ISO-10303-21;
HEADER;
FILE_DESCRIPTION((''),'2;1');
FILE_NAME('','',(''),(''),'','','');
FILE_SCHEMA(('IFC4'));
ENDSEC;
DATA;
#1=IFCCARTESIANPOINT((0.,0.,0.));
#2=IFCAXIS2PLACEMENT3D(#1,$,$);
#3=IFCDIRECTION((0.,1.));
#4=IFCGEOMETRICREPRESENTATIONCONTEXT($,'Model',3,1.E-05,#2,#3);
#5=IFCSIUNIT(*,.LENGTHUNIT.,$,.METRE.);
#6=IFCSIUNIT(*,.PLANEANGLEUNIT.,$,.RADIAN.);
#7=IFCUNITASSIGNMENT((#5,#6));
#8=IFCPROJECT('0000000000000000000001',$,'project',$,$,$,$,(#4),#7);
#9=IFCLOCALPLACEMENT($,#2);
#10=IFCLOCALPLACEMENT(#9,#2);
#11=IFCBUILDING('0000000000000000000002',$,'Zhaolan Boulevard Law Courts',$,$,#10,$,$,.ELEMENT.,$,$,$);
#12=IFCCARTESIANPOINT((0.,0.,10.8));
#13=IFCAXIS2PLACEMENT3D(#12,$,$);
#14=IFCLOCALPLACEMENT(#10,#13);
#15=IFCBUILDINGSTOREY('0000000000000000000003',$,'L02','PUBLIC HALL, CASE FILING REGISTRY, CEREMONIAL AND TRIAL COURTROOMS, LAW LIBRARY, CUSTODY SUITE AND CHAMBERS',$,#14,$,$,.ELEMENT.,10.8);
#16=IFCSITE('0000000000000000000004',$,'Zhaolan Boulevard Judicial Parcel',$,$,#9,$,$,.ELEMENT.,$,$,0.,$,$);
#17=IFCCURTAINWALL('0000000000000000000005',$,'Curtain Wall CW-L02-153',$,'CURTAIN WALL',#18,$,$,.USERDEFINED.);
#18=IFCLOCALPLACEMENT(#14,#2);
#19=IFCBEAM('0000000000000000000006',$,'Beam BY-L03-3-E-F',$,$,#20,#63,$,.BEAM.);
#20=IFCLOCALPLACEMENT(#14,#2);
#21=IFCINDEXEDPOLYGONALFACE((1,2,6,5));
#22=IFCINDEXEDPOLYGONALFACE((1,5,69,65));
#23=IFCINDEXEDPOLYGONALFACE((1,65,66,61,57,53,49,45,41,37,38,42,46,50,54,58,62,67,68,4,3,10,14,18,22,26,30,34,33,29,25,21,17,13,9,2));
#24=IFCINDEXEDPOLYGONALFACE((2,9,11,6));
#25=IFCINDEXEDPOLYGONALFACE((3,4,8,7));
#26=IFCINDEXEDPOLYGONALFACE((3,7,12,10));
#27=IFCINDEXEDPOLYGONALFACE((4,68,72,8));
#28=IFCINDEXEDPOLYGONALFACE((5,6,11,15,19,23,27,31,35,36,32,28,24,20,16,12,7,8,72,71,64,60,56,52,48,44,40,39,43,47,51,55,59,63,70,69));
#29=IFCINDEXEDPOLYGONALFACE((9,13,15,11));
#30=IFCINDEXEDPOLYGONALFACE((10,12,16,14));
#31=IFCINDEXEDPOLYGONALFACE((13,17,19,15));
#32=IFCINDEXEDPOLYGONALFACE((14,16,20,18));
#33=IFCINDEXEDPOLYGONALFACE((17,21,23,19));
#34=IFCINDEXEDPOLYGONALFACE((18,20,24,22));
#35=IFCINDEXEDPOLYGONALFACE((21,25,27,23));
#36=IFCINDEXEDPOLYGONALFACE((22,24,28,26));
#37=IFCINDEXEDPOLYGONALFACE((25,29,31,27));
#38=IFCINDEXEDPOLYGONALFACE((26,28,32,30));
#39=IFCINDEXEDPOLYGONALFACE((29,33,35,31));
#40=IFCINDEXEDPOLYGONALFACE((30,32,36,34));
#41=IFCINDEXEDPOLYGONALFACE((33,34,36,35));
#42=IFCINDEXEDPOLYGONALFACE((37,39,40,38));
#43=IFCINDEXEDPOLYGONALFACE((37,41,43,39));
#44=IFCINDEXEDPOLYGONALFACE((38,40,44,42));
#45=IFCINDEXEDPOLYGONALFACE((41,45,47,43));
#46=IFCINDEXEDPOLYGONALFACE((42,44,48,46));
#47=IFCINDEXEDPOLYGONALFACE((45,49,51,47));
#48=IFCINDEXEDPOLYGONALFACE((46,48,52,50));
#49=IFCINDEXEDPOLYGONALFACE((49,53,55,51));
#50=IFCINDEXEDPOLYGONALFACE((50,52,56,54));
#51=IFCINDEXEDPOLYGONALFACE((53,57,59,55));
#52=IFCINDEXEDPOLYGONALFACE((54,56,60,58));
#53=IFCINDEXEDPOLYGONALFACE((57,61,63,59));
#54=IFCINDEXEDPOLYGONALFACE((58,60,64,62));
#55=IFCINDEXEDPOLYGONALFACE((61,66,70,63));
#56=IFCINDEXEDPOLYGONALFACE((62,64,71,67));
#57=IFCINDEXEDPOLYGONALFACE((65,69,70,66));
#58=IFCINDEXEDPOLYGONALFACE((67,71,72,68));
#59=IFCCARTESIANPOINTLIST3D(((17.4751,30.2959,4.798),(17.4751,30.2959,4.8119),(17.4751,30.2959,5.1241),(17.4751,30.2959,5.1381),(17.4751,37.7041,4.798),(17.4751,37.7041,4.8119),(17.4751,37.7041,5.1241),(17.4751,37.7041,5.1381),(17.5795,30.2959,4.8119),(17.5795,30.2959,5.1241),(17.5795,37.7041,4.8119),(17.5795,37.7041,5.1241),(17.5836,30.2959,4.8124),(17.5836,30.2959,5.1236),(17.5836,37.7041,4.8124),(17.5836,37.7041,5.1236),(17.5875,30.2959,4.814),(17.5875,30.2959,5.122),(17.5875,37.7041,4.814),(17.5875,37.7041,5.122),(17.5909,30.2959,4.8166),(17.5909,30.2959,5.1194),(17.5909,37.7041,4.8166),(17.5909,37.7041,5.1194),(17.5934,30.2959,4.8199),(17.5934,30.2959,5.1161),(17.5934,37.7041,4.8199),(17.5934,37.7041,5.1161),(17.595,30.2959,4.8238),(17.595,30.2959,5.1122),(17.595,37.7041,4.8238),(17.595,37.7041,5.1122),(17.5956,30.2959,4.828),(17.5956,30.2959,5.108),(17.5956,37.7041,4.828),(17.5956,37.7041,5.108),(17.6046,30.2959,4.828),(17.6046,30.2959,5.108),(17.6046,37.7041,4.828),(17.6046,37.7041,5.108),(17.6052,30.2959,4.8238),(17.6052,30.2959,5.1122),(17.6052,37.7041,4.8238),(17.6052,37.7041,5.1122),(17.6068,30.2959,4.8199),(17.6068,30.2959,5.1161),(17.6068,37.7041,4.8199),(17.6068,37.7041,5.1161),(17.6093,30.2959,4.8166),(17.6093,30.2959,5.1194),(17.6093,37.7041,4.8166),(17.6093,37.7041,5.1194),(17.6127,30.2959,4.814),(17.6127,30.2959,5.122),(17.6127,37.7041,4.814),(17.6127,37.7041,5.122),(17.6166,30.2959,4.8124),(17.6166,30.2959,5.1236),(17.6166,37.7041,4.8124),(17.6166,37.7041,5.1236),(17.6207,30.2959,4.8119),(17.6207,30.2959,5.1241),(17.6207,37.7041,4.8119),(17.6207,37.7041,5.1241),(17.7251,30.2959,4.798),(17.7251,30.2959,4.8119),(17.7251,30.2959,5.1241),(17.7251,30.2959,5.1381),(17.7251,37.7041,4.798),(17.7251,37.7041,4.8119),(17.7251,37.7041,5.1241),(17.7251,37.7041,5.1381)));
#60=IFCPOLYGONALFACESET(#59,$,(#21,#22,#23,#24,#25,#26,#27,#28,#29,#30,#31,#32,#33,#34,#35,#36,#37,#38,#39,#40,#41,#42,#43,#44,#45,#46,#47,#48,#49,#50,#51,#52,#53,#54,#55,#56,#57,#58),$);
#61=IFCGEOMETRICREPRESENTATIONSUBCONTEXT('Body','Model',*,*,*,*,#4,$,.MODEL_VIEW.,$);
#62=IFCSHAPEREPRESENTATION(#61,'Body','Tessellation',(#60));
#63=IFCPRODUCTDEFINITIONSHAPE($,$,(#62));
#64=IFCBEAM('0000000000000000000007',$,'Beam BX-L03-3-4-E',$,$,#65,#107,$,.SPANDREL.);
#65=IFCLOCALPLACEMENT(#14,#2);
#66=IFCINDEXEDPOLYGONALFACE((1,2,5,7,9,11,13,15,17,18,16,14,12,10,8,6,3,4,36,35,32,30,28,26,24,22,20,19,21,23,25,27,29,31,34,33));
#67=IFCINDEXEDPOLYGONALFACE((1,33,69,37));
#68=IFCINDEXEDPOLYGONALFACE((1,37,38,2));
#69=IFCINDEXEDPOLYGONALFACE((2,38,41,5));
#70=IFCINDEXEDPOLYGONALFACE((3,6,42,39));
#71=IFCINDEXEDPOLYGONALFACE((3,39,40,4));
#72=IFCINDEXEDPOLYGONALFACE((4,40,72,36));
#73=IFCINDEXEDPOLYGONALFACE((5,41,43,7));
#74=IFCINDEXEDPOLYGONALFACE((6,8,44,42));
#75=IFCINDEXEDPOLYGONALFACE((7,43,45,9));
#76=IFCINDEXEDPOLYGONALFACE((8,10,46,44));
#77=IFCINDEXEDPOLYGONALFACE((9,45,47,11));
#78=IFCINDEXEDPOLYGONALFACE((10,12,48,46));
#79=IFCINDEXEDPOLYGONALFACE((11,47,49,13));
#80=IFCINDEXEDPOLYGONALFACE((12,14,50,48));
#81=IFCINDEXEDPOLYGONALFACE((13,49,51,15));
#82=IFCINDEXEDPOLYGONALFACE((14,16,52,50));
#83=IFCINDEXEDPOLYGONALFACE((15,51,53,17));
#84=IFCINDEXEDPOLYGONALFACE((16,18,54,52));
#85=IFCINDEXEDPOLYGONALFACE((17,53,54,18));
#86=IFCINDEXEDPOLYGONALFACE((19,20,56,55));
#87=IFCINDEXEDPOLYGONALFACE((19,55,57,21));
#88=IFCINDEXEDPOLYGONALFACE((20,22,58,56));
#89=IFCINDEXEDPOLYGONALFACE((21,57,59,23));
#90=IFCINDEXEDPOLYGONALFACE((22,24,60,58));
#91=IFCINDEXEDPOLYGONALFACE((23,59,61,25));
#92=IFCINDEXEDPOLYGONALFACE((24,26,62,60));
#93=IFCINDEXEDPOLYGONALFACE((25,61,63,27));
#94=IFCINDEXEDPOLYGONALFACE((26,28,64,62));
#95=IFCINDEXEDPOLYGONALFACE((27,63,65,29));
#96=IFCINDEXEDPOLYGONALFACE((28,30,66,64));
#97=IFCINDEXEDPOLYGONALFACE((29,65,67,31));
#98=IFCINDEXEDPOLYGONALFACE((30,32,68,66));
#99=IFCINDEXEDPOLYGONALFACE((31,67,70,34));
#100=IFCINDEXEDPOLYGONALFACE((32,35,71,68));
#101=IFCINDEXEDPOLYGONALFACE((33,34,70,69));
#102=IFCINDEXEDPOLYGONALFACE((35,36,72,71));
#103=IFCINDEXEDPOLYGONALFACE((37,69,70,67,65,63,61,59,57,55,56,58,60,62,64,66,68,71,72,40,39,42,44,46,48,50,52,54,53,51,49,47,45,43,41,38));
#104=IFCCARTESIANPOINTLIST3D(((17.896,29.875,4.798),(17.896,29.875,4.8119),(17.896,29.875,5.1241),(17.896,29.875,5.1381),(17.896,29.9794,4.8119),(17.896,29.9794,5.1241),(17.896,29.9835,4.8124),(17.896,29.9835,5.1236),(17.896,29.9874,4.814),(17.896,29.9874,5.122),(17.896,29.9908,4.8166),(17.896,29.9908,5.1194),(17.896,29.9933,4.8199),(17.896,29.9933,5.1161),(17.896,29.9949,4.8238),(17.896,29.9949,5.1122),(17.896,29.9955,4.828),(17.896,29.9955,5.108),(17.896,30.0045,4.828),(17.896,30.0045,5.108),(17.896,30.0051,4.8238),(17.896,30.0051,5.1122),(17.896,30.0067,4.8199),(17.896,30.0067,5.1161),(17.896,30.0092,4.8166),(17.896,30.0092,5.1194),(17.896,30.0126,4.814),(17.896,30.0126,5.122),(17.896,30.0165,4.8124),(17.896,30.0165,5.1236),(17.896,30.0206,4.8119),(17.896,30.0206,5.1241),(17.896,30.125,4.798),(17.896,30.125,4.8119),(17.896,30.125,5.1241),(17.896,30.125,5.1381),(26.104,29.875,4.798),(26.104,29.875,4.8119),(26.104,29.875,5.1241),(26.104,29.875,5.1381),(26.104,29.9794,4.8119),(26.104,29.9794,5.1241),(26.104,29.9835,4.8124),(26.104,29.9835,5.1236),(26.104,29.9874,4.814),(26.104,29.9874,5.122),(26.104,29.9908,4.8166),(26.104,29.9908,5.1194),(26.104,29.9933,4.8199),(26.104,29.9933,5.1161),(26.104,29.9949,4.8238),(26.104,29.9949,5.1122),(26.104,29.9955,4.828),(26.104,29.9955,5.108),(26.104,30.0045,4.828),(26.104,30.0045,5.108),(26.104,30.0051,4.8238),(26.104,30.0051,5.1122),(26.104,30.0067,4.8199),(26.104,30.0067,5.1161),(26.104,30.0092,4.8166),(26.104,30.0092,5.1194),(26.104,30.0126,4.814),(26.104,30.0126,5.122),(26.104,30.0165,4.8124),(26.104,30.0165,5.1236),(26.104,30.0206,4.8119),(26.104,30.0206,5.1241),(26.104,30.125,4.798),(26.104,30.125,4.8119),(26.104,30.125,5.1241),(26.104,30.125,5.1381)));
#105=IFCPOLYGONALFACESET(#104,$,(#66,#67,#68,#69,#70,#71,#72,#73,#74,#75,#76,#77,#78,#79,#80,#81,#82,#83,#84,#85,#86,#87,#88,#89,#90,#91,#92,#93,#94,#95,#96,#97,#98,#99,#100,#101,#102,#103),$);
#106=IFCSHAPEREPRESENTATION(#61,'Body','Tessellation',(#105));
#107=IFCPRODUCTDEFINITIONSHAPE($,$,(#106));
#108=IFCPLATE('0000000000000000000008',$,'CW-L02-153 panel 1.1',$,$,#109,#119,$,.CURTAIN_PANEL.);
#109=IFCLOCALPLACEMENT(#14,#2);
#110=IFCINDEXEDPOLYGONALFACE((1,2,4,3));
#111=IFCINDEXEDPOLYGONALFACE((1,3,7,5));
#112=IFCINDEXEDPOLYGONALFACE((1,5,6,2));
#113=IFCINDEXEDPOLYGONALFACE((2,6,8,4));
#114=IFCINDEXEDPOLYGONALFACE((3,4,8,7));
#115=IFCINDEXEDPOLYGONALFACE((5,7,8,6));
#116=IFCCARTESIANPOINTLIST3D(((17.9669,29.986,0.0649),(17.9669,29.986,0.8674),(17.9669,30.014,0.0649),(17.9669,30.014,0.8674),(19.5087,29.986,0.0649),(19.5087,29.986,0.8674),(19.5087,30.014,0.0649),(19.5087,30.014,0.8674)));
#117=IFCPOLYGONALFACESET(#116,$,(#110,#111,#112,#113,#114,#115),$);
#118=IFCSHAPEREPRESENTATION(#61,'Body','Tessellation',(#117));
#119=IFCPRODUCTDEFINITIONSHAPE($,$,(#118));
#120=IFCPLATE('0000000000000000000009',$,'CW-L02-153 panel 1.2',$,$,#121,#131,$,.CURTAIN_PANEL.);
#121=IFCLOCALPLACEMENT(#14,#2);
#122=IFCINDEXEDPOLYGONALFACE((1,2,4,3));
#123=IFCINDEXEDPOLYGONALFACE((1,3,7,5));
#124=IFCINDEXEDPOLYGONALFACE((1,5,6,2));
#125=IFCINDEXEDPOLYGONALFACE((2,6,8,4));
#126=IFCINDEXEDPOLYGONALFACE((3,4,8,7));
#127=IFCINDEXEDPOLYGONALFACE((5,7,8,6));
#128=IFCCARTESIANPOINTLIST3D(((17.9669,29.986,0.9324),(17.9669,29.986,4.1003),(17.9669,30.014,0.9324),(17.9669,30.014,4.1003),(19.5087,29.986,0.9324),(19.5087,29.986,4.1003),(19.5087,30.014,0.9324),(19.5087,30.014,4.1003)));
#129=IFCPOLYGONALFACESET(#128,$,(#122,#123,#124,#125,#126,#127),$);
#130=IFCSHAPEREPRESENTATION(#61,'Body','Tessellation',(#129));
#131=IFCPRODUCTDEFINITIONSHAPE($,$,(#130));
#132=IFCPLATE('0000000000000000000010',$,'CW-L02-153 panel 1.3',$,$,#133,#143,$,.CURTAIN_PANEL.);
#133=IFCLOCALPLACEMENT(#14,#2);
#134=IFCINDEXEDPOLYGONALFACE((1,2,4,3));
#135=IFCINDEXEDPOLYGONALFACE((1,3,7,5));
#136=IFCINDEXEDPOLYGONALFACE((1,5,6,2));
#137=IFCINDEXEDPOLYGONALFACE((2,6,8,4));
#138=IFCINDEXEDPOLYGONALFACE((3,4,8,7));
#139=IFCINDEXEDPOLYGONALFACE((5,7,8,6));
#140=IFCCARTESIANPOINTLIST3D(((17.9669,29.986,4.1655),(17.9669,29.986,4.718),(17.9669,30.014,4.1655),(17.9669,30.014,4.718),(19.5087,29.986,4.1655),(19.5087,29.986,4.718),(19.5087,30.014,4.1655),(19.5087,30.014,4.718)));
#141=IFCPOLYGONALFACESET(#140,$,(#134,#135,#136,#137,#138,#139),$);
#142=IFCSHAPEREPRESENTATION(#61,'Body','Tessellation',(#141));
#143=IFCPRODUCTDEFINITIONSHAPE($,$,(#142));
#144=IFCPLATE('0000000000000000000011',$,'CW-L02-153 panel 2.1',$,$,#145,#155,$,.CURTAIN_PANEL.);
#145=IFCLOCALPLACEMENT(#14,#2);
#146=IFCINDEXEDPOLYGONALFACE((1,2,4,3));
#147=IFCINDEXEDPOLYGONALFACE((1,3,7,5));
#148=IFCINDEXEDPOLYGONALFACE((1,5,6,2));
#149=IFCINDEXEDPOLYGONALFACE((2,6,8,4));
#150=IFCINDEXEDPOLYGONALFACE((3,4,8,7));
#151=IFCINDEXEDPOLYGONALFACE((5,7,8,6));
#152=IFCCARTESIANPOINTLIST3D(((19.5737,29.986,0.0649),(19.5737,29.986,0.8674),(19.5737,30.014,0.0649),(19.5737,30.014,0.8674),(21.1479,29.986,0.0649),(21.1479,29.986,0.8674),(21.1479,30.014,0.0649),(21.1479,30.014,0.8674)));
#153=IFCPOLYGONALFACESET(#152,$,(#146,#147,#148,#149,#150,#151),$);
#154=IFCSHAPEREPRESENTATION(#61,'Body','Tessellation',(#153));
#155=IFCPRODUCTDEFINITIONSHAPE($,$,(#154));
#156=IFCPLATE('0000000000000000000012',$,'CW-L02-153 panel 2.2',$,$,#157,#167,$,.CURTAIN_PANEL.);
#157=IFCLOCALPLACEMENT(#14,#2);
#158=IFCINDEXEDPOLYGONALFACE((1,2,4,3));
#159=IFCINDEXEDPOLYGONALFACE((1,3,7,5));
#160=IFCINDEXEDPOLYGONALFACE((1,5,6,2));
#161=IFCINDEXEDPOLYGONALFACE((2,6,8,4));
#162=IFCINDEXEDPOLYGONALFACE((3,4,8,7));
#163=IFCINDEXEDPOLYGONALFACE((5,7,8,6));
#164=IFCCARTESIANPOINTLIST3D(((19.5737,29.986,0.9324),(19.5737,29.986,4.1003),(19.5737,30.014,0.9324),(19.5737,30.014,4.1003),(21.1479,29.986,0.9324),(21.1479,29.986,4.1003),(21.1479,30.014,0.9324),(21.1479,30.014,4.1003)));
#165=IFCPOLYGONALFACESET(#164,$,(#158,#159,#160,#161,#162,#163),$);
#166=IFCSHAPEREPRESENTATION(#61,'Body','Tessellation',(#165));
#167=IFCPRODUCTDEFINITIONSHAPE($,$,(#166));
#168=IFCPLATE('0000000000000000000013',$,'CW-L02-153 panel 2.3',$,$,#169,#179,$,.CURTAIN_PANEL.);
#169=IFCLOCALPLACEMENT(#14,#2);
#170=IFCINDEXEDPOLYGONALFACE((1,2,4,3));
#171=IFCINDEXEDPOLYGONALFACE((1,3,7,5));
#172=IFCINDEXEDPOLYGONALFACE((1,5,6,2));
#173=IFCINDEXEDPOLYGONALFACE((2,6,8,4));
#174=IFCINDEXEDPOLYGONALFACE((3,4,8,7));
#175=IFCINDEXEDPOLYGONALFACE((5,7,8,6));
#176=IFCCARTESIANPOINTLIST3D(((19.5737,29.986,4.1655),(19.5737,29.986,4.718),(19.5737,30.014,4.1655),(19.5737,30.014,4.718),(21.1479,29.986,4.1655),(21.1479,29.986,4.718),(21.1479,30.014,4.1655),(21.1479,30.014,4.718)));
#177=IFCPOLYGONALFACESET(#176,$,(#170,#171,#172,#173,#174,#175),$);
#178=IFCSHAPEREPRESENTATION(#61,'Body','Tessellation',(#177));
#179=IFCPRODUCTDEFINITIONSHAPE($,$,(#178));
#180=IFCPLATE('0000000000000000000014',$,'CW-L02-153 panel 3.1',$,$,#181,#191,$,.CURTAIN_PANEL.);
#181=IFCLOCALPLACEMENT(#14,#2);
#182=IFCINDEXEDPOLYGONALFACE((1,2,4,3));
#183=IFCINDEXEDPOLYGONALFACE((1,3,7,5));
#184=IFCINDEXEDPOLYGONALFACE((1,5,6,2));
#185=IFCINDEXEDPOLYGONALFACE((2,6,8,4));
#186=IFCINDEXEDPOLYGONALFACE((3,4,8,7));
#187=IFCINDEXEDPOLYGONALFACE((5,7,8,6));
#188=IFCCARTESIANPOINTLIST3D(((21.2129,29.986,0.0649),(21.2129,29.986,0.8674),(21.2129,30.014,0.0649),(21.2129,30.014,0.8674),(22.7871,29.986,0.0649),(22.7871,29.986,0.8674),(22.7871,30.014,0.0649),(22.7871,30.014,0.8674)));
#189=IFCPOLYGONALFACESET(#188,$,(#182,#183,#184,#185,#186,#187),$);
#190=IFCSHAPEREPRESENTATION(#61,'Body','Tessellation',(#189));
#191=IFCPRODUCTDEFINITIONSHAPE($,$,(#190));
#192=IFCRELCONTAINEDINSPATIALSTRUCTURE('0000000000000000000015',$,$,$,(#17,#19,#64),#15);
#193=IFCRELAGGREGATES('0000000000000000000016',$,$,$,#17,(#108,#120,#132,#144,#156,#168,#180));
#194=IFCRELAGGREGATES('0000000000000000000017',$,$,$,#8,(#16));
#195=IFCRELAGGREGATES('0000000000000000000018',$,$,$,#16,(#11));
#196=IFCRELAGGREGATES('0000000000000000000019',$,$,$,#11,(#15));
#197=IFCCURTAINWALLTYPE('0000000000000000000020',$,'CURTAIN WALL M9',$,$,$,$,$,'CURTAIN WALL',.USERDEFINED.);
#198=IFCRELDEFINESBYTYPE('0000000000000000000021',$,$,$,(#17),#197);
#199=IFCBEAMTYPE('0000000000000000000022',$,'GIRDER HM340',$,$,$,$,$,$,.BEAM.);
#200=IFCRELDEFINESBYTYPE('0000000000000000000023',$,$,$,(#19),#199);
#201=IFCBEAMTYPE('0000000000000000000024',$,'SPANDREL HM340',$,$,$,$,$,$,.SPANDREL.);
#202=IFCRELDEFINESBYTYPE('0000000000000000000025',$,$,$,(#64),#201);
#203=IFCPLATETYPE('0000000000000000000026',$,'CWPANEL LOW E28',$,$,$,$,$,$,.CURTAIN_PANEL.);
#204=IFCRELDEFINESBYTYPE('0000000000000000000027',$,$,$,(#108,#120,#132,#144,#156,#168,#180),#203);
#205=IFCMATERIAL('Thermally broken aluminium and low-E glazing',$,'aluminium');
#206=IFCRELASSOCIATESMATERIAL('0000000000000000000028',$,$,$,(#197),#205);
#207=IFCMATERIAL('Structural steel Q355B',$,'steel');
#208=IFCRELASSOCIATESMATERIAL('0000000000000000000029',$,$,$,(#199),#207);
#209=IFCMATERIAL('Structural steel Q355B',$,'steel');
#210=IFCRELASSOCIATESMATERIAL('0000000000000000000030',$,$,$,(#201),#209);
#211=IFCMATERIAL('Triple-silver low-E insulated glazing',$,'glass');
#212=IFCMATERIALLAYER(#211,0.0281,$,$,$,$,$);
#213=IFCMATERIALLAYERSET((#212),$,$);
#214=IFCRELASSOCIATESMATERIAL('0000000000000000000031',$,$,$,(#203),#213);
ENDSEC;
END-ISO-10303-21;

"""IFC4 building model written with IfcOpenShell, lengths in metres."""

from ifc_helpers import new_model, si_unit, direction, frame, origin, origin_2d, place, context, subcontext, project, spatial, rectangle, i_section, extrude, material, layer, layer_set, material_profile, profile_set, type_object, element, aggregate, save


model = new_model("IFC4")

# Units and contexts
model_context = context("Model", 3, precision=1e-05, world=origin(), true_north=direction((0.0, 1.0)))
body_context = subcontext(model_context, "Body", "Model", "MODEL_VIEW")
ifc_project = project(units=[si_unit("LENGTHUNIT", "METRE"), si_unit("PLANEANGLEUNIT", "RADIAN")], contexts=[model_context])

# Site, building, storey
site_placement = place(None, origin())
site = spatial("IfcSite", under=ifc_project, at=site_placement, Name="Zhaolan Boulevard Judicial Parcel", CompositionType="ELEMENT", RefElevation=0.0)
building_placement = place(site_placement, origin())
building = spatial("IfcBuilding", under=site, at=building_placement, Name="Zhaolan Boulevard Law Courts", CompositionType="ELEMENT")
storey_placement = place(building_placement, frame((0.0, 0.0, 10.8)))
storey = spatial("IfcBuildingStorey", under=building, at=storey_placement, Name="L02", Description="PUBLIC HALL, CASE FILING REGISTRY, CEREMONIAL AND TRIAL COURTROOMS, LAW LIBRARY, CUSTODY SUITE AND CHAMBERS", CompositionType="ELEMENT", Elevation=10.8)

# Curtain wall
ifc_material_1 = material(Name="Thermally broken aluminium and low-E glazing", Category="aluminium")
curtain_wall_type = type_object("IfcCurtainWallType", Name="CURTAIN WALL M9", ElementType="CURTAIN WALL", PredefinedType="USERDEFINED", material=ifc_material_1)
curtain_wall_placement = place(storey_placement, origin())
curtain_wall = element("IfcCurtainWall", 1, at=curtain_wall_placement, inside=storey, type_object=curtain_wall_type, Name="Curtain Wall CW-L02-153", ObjectType="CURTAIN WALL", PredefinedType="USERDEFINED")

# Beams
ifc_material_2 = material(Name="Structural steel Q355B", Category="steel")
ifc_material_profile_1 = material_profile(ifc_material_2, i_section(OverallWidth=0.25, OverallDepth=0.3401, WebThickness=0.009, FlangeThickness=0.0139, FilletRadius=0.0161, at=origin_2d()), Name="HM340x250")
ifc_profile_set_1 = profile_set([ifc_material_profile_1], Name="Structural steel Q355B")
beam_type_1 = type_object("IfcBeamType", Name="GIRDER HM340", PredefinedType="BEAM", material=ifc_profile_set_1)
beam_1_placement = place(storey_placement, frame((17.6001, 30.2959, 4.968), z_axis=(0.0, 1.0, 0.0), x_axis=(-1.0, 0.0, 0.0)))
element("IfcBeam", 2, at=beam_1_placement, inside=storey, type_object=beam_type_1, Name="Beam BY-L03-3-E-F", PredefinedType="BEAM", context=body_context, shape_type="SweptSolid", body=[
    extrude(i_section(OverallWidth=0.25, OverallDepth=0.3401, WebThickness=0.009, FlangeThickness=0.0139, FilletRadius=0.0161, at=origin_2d()), origin(), (0.0, 0.0, 1.0), 7.4082),
])
ifc_material_3 = material(Name="Structural steel Q355B", Category="steel")
ifc_material_profile_2 = material_profile(ifc_material_3, i_section(OverallWidth=0.25, OverallDepth=0.3401, WebThickness=0.009, FlangeThickness=0.0139, FilletRadius=0.0161, at=origin_2d()), Name="HM340x250")
ifc_profile_set_2 = profile_set([ifc_material_profile_2], Name="Structural steel Q355B")
beam_type_2 = type_object("IfcBeamType", Name="SPANDREL HM340", PredefinedType="SPANDREL", material=ifc_profile_set_2)
beam_2_placement = place(storey_placement, frame((17.896, 30.0, 4.968), z_axis=(1.0, 0.0, 0.0), x_axis=(0.0, 1.0, 0.0)))
element("IfcBeam", 3, at=beam_2_placement, inside=storey, type_object=beam_type_2, Name="Beam BX-L03-3-4-E", PredefinedType="SPANDREL", context=body_context, shape_type="SweptSolid", body=[
    extrude(i_section(OverallWidth=0.25, OverallDepth=0.3401, WebThickness=0.009, FlangeThickness=0.0139, FilletRadius=0.0161, at=origin_2d()), origin(), (0.0, 0.0, 1.0), 8.208),
])

# Plates
ifc_material_4 = material(Name="Triple-silver low-E insulated glazing", Category="glass")
ifc_layer = layer(ifc_material_4, 0.0281)
ifc_layer_set = layer_set([ifc_layer])
plate_type = type_object("IfcPlateType", Name="CWPANEL LOW E28", PredefinedType="CURTAIN_PANEL", material=ifc_layer_set)
plate_1_placement = place(storey_placement, frame((18.7378, 30.0, 0.0649), z_axis=(0.0, 0.0, 1.0), x_axis=(1.0, 0.0, 0.0)))
plate_1 = element("IfcPlate", 4, at=plate_1_placement, type_object=plate_type, Name="CW-L02-153 panel 1.1", PredefinedType="CURTAIN_PANEL", context=body_context, shape_type="SweptSolid", body=[
    extrude(rectangle(XDim=1.5417, YDim=0.0281, at=origin_2d()), origin(), (0.0, 0.0, 1.0), 0.8025),
])
plate_2_placement = place(storey_placement, frame((18.7378, 30.0, 0.9324), z_axis=(0.0, 0.0, 1.0), x_axis=(1.0, 0.0, 0.0)))
plate_2 = element("IfcPlate", 5, at=plate_2_placement, type_object=plate_type, Name="CW-L02-153 panel 1.2", PredefinedType="CURTAIN_PANEL", context=body_context, shape_type="SweptSolid", body=[
    extrude(rectangle(XDim=1.5417, YDim=0.0281, at=origin_2d()), origin(), (0.0, 0.0, 1.0), 3.168),
])
plate_3_placement = place(storey_placement, frame((18.7378, 30.0, 4.1655), z_axis=(0.0, 0.0, 1.0), x_axis=(1.0, 0.0, 0.0)))
plate_3 = element("IfcPlate", 6, at=plate_3_placement, type_object=plate_type, Name="CW-L02-153 panel 1.3", PredefinedType="CURTAIN_PANEL", context=body_context, shape_type="SweptSolid", body=[
    extrude(rectangle(XDim=1.5417, YDim=0.0281, at=origin_2d()), origin(), (0.0, 0.0, 1.0), 0.5525),
])
plate_4_placement = place(storey_placement, frame((20.3608, 30.0, 0.0649), z_axis=(0.0, 0.0, 1.0), x_axis=(1.0, 0.0, 0.0)))
plate_4 = element("IfcPlate", 7, at=plate_4_placement, type_object=plate_type, Name="CW-L02-153 panel 2.1", PredefinedType="CURTAIN_PANEL", context=body_context, shape_type="SweptSolid", body=[
    extrude(rectangle(XDim=1.5742, YDim=0.0281, at=origin_2d()), origin(), (0.0, 0.0, 1.0), 0.8025),
])
plate_5_placement = place(storey_placement, frame((20.3608, 30.0, 0.9324), z_axis=(0.0, 0.0, 1.0), x_axis=(1.0, 0.0, 0.0)))
plate_5 = element("IfcPlate", 8, at=plate_5_placement, type_object=plate_type, Name="CW-L02-153 panel 2.2", PredefinedType="CURTAIN_PANEL", context=body_context, shape_type="SweptSolid", body=[
    extrude(rectangle(XDim=1.5742, YDim=0.0281, at=origin_2d()), origin(), (0.0, 0.0, 1.0), 3.168),
])
plate_6_placement = place(storey_placement, frame((20.3608, 30.0, 4.1655), z_axis=(0.0, 0.0, 1.0), x_axis=(1.0, 0.0, 0.0)))
plate_6 = element("IfcPlate", 9, at=plate_6_placement, type_object=plate_type, Name="CW-L02-153 panel 2.3", PredefinedType="CURTAIN_PANEL", context=body_context, shape_type="SweptSolid", body=[
    extrude(rectangle(XDim=1.5742, YDim=0.0281, at=origin_2d()), origin(), (0.0, 0.0, 1.0), 0.5525),
])
plate_7_placement = place(storey_placement, frame((22.0, 30.0, 0.0649), z_axis=(0.0, 0.0, 1.0), x_axis=(1.0, 0.0, 0.0)))
plate_7 = element("IfcPlate", 10, at=plate_7_placement, type_object=plate_type, Name="CW-L02-153 panel 3.1", PredefinedType="CURTAIN_PANEL", context=body_context, shape_type="SweptSolid", body=[
    extrude(rectangle(XDim=1.5742, YDim=0.0281, at=origin_2d()), origin(), (0.0, 0.0, 1.0), 0.8025),
])
aggregate(curtain_wall, [plate_1, plate_2, plate_3, plate_4, plate_5, plate_6, plate_7])

save(model, "model.ifc")
